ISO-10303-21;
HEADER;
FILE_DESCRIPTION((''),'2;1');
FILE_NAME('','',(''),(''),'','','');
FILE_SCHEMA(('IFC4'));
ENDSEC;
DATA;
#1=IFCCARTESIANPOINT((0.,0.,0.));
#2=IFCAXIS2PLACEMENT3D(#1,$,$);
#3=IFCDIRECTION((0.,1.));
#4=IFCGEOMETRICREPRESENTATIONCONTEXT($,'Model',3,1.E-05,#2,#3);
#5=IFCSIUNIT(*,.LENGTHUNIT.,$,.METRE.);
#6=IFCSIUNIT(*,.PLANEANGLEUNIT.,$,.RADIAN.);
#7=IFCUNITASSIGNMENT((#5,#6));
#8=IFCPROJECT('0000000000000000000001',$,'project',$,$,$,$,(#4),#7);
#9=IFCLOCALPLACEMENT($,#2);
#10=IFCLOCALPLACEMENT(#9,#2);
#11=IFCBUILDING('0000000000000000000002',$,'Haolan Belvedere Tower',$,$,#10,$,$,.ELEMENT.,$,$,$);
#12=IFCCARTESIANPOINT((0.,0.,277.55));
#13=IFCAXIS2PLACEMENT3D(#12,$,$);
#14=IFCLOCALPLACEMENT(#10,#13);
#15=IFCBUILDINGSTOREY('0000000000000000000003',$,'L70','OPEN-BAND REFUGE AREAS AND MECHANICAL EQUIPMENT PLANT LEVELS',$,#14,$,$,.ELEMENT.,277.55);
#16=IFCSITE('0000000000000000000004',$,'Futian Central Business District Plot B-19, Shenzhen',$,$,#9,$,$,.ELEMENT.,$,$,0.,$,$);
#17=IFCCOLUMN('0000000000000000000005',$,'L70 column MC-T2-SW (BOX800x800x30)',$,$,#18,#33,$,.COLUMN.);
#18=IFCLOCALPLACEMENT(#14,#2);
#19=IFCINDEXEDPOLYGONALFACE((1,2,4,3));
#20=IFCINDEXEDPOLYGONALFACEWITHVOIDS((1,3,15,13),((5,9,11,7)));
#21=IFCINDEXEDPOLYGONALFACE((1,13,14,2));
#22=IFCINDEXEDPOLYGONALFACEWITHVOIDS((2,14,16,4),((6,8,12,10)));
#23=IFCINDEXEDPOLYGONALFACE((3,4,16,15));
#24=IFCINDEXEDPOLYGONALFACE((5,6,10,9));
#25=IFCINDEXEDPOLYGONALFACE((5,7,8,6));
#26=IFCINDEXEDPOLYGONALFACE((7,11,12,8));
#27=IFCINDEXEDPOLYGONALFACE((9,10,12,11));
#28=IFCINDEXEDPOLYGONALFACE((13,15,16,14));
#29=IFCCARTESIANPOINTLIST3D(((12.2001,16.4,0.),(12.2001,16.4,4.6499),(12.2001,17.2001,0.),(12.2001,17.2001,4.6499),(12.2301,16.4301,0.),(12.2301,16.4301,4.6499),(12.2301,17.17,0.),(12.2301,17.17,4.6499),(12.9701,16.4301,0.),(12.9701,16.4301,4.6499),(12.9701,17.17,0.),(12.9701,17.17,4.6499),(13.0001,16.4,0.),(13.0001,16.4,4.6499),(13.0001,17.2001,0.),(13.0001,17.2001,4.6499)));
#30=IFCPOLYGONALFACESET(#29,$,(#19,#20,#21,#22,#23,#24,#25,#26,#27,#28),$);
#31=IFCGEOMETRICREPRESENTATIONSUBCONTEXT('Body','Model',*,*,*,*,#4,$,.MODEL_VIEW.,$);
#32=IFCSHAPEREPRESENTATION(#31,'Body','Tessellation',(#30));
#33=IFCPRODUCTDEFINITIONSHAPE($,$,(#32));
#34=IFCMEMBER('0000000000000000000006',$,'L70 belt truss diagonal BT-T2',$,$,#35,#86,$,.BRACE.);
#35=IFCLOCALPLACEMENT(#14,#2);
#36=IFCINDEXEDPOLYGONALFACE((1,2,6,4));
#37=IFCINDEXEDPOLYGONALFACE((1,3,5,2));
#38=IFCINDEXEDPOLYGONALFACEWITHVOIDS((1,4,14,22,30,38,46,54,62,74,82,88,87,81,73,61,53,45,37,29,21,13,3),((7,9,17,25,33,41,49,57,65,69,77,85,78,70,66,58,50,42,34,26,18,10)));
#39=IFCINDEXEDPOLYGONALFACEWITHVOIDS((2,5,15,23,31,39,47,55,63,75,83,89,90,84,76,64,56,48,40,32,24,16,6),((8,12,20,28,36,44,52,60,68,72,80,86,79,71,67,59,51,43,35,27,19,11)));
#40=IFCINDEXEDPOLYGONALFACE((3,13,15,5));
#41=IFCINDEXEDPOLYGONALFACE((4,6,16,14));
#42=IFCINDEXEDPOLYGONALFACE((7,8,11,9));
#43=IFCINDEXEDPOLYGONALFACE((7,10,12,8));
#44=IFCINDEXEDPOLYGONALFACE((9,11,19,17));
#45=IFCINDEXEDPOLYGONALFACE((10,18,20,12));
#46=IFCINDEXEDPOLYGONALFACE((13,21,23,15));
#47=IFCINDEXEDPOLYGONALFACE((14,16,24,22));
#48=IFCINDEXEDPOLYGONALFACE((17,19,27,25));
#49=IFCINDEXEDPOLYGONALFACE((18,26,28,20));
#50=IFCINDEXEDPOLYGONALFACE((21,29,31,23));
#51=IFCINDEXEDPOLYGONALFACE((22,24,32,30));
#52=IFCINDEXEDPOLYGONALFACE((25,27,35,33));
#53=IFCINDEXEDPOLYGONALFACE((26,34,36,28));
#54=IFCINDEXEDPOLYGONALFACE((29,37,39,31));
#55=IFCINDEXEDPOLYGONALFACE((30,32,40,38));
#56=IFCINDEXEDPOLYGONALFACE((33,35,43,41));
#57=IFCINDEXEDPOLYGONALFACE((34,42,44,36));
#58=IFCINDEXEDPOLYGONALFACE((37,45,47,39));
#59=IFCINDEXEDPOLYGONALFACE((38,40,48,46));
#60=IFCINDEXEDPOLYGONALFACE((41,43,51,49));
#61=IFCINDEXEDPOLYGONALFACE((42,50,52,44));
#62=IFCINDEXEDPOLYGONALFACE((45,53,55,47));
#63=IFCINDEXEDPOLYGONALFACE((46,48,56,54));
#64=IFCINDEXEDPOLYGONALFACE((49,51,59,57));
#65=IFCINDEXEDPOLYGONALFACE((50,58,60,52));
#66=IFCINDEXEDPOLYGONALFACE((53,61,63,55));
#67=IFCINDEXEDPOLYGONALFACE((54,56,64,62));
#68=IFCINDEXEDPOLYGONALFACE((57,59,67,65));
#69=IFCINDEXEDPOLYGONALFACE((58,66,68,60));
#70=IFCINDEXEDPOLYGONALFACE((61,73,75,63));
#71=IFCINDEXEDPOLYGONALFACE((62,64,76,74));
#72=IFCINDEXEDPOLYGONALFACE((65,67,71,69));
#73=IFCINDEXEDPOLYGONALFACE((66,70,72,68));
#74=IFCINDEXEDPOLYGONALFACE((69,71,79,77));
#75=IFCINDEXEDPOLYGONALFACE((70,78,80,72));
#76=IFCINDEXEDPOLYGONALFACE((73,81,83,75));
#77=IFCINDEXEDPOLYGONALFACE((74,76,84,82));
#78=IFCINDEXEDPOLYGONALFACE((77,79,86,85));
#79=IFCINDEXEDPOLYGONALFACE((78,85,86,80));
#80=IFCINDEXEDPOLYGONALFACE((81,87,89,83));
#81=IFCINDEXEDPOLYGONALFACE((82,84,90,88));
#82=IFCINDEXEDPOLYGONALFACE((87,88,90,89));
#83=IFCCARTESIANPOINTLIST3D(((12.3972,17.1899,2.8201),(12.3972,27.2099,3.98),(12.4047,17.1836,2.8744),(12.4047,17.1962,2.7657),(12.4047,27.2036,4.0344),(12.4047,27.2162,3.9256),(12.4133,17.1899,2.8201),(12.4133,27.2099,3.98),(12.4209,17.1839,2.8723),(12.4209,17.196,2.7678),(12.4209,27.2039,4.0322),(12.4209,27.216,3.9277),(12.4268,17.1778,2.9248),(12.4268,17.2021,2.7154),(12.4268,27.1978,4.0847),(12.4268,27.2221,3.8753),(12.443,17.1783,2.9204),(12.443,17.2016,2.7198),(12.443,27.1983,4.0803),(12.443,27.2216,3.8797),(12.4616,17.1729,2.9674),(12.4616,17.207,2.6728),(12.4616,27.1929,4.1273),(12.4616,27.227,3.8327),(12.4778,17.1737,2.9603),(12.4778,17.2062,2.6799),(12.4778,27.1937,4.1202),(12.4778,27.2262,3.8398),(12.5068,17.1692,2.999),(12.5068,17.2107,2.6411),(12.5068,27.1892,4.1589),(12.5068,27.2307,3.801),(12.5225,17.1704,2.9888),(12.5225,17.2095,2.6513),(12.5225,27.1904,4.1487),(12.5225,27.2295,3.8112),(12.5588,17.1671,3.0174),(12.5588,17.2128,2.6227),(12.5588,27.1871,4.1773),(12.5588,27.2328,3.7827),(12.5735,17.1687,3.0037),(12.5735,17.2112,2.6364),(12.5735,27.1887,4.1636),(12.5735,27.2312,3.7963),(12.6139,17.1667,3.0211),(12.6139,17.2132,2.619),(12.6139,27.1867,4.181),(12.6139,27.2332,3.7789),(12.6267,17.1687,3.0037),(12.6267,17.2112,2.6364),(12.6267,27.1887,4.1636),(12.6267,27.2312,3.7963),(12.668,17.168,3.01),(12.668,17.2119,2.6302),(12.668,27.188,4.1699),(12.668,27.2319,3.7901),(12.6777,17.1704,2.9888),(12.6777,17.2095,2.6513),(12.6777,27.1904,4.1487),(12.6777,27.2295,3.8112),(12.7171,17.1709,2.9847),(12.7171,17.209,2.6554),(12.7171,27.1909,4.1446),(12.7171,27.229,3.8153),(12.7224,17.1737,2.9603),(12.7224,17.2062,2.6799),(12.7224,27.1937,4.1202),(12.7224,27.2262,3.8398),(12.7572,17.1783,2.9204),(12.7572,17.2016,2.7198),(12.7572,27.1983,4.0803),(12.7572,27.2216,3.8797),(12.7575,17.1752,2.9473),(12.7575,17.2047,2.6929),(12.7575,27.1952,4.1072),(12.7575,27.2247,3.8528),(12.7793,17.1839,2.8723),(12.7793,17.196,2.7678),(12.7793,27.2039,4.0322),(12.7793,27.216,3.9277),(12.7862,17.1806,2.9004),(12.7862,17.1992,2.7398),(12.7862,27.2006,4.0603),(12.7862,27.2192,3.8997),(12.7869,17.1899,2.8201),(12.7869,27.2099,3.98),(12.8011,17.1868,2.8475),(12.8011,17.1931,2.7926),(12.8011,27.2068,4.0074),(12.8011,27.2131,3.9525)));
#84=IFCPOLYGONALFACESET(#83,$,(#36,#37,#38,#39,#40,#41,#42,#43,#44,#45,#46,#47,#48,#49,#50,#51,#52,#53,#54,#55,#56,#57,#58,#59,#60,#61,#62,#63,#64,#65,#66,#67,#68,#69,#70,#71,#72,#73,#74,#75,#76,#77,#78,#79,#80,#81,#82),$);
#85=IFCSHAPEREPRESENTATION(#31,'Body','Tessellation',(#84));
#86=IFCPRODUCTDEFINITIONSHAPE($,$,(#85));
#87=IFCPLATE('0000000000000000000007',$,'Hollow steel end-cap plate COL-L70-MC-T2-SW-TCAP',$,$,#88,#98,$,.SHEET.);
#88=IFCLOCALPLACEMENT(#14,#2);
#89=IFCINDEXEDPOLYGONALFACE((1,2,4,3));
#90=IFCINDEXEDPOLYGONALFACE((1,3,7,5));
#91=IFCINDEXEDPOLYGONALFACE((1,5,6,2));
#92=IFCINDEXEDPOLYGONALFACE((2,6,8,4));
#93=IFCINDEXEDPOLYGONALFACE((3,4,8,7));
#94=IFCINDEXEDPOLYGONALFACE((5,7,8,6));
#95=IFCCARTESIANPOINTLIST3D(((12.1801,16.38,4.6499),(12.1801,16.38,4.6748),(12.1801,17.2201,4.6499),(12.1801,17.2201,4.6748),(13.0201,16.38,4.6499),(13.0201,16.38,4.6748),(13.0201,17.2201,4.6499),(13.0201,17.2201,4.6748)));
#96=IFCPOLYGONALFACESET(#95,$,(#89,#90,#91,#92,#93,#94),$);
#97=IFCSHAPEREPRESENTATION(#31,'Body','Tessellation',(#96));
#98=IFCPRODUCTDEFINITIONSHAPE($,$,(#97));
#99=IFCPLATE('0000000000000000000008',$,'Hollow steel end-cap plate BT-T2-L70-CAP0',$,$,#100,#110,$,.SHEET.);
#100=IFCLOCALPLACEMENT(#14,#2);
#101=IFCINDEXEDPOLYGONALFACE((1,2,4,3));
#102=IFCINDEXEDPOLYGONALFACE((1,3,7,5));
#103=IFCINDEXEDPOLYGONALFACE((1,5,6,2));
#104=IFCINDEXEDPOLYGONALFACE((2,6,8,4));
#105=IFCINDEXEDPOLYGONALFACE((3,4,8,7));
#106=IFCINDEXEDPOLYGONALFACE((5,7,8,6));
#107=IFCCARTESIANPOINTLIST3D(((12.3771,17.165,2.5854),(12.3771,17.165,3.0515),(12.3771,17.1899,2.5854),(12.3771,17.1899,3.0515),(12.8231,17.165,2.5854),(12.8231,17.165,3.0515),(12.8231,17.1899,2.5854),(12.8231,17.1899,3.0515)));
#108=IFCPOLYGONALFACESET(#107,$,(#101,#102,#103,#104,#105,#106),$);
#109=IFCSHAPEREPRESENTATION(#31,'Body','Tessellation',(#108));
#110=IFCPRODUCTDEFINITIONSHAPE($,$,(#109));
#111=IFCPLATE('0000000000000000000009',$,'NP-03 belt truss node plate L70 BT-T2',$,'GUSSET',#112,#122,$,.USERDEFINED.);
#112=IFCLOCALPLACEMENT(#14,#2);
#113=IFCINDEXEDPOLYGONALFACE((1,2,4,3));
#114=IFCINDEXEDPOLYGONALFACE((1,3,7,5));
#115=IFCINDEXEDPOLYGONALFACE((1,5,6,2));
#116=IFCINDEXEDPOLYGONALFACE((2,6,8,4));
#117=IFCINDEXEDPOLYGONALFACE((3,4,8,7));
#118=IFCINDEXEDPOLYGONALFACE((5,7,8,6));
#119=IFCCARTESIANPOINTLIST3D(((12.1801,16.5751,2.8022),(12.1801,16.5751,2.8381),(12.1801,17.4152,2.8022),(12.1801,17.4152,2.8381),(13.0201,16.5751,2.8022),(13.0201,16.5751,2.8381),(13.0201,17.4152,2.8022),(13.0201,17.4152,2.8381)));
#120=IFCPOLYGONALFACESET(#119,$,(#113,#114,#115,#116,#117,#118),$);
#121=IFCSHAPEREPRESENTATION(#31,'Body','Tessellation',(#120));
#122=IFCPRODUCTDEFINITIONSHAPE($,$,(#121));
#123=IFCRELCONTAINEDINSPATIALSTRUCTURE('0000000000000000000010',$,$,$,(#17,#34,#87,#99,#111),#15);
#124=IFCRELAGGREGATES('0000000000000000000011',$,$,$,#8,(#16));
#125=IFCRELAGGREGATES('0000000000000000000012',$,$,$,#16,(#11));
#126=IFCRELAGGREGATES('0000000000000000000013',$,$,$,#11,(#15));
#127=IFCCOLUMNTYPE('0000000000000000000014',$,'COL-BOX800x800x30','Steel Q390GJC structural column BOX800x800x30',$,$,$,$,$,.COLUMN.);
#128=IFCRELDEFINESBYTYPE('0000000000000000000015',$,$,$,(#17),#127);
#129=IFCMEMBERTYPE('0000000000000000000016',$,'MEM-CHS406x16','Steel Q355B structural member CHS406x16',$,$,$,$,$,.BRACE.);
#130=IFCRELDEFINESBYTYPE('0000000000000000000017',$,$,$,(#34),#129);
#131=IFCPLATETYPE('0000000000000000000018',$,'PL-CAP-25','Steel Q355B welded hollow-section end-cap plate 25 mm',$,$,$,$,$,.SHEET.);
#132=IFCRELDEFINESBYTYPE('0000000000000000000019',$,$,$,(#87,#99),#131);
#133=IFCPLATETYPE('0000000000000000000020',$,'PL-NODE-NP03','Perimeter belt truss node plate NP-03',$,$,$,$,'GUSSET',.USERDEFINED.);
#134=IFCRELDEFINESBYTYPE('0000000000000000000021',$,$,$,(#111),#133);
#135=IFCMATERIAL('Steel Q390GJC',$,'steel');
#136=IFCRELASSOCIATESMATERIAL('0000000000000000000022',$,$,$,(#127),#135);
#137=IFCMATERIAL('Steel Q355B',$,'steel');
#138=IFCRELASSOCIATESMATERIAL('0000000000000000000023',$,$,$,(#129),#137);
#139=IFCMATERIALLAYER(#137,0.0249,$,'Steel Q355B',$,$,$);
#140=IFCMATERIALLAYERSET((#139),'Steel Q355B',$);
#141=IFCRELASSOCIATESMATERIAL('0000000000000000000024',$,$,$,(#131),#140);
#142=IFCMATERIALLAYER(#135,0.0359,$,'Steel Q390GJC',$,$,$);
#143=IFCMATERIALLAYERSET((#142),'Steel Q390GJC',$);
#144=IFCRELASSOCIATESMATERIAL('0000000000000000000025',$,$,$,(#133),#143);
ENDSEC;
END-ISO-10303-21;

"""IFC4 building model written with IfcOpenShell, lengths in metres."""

from ifc_helpers import new_model, si_unit, direction, frame, origin, origin_2d, place, context, subcontext, project, spatial, rectangle, hollow_rectangle, hollow_circle, extrude, material, layer, layer_set, material_profile, profile_set, type_object, element, save


model = new_model("IFC4")

# Units and contexts
model_context = context("Model", 3, precision=1e-05, world=origin(), true_north=direction((0.0, 1.0)))
body_context = subcontext(model_context, "Body", "Model", "MODEL_VIEW")
ifc_project = project(units=[si_unit("LENGTHUNIT", "METRE"), si_unit("PLANEANGLEUNIT", "RADIAN")], contexts=[model_context])

# Site, building, storey
site_placement = place(None, origin())
site = spatial("IfcSite", under=ifc_project, at=site_placement, Name="Futian Central Business District Plot B-19, Shenzhen", CompositionType="ELEMENT", RefElevation=0.0)
building_placement = place(site_placement, origin())
building = spatial("IfcBuilding", under=site, at=building_placement, Name="Haolan Belvedere Tower", CompositionType="ELEMENT")
storey_placement = place(building_placement, frame((0.0, 0.0, 277.55)))
storey = spatial("IfcBuildingStorey", under=building, at=storey_placement, Name="L70", Description="OPEN-BAND REFUGE AREAS AND MECHANICAL EQUIPMENT PLANT LEVELS", CompositionType="ELEMENT", Elevation=277.55)

# Column
ifc_material_1 = material(Name="Steel Q390GJC", Category="steel")
ifc_material_profile_1 = material_profile(ifc_material_1, hollow_rectangle(XDim=0.8, YDim=0.8, WallThickness=0.03, at=origin_2d()), Name="Steel Q390GJC")
ifc_profile_set_1 = profile_set([ifc_material_profile_1], Name="Steel Q390GJC")
column_type = type_object("IfcColumnType", Name="COL-BOX800x800x30", Description="Steel Q390GJC structural column BOX800x800x30", PredefinedType="COLUMN", material=ifc_profile_set_1)
column_placement = place(storey_placement, frame((12.6001, 16.8, 0.0), z_axis=(0.0, 0.0, 1.0), x_axis=(1.0, 0.0, 0.0)))
element("IfcColumn", 1, at=column_placement, inside=storey, type_object=column_type, Name="L70 column MC-T2-SW (BOX800x800x30)", PredefinedType="COLUMN", context=body_context, shape_type="SweptSolid", body=[
    extrude(hollow_rectangle(XDim=0.8, YDim=0.8, WallThickness=0.03, at=origin_2d()), origin(), (0.0, 0.0, 1.0), 4.6499),
])

# Member
ifc_material_2 = material(Name="Steel Q355B", Category="steel")
ifc_material_profile_2 = material_profile(ifc_material_2, hollow_circle(Radius=0.2029, WallThickness=0.0161, at=origin_2d()), Name="Steel Q355B")
ifc_profile_set_2 = profile_set([ifc_material_profile_2], Name="Steel Q355B")
member_type = type_object("IfcMemberType", Name="MEM-CHS406x16", Description="Steel Q355B structural member CHS406x16", PredefinedType="BRACE", material=ifc_profile_set_2)
member_placement = place(storey_placement, frame((12.6001, 17.1899, 2.8201), z_axis=(0.0, 0.993366, 0.114992), x_axis=(-1.0, 0.0, 0.0)))
element("IfcMember", 2, at=member_placement, inside=storey, type_object=member_type, Name="L70 belt truss diagonal BT-T2", PredefinedType="BRACE", context=body_context, shape_type="SweptSolid", body=[
    extrude(hollow_circle(Radius=0.2029, WallThickness=0.0161, at=origin_2d()), origin(), (0.0, 0.0, 1.0), 10.0869),
])

# Plates
ifc_layer_1 = layer(ifc_material_2, 0.0249, Name="Steel Q355B")
ifc_layer_set_1 = layer_set([ifc_layer_1], Name="Steel Q355B")
plate_type_1 = type_object("IfcPlateType", Name="PL-CAP-25", Description="Steel Q355B welded hollow-section end-cap plate 25 mm", PredefinedType="SHEET", material=ifc_layer_set_1)
plate_1_placement = place(storey_placement, frame((12.6001, 16.8, 4.6499), z_axis=(0.0, 0.0, 1.0), x_axis=(1.0, 0.0, 0.0)))
element("IfcPlate", 3, at=plate_1_placement, inside=storey, type_object=plate_type_1, Name="Hollow steel end-cap plate COL-L70-MC-T2-SW-TCAP", PredefinedType="SHEET", context=body_context, shape_type="SweptSolid", body=[
    extrude(rectangle(XDim=0.8401, YDim=0.8401, at=origin_2d()), origin(), (0.0, 0.0, 1.0), 0.0249),
])
plate_2_placement = place(storey_placement, frame((12.6001, 17.1775, 2.5854), z_axis=(0.0, 0.0, 1.0), x_axis=(1.0, 0.0, 0.0)))
element("IfcPlate", 4, at=plate_2_placement, inside=storey, type_object=plate_type_1, Name="Hollow steel end-cap plate BT-T2-L70-CAP0", PredefinedType="SHEET", context=body_context, shape_type="SweptSolid", body=[
    extrude(rectangle(XDim=0.446, YDim=0.0249, at=origin_2d()), origin(), (0.0, 0.0, 1.0), 0.4661),
])
ifc_layer_2 = layer(ifc_material_1, 0.0359, Name="Steel Q390GJC")
ifc_layer_set_2 = layer_set([ifc_layer_2], Name="Steel Q390GJC")
plate_type_2 = type_object("IfcPlateType", Name="PL-NODE-NP03", Description="Perimeter belt truss node plate NP-03", ElementType="GUSSET", PredefinedType="USERDEFINED", material=ifc_layer_set_2)
plate_3_placement = place(storey_placement, frame((12.6001, 16.9951, 2.8022), z_axis=(0.0, 0.0, 1.0), x_axis=(1.0, 0.0, 0.0)))
element("IfcPlate", 5, at=plate_3_placement, inside=storey, type_object=plate_type_2, Name="NP-03 belt truss node plate L70 BT-T2", ObjectType="GUSSET", PredefinedType="USERDEFINED", context=body_context, shape_type="SweptSolid", body=[
    extrude(rectangle(XDim=0.8401, YDim=0.8401, at=origin_2d()), origin(), (0.0, 0.0, 1.0), 0.0359),
])

save(model, "model.ifc")
